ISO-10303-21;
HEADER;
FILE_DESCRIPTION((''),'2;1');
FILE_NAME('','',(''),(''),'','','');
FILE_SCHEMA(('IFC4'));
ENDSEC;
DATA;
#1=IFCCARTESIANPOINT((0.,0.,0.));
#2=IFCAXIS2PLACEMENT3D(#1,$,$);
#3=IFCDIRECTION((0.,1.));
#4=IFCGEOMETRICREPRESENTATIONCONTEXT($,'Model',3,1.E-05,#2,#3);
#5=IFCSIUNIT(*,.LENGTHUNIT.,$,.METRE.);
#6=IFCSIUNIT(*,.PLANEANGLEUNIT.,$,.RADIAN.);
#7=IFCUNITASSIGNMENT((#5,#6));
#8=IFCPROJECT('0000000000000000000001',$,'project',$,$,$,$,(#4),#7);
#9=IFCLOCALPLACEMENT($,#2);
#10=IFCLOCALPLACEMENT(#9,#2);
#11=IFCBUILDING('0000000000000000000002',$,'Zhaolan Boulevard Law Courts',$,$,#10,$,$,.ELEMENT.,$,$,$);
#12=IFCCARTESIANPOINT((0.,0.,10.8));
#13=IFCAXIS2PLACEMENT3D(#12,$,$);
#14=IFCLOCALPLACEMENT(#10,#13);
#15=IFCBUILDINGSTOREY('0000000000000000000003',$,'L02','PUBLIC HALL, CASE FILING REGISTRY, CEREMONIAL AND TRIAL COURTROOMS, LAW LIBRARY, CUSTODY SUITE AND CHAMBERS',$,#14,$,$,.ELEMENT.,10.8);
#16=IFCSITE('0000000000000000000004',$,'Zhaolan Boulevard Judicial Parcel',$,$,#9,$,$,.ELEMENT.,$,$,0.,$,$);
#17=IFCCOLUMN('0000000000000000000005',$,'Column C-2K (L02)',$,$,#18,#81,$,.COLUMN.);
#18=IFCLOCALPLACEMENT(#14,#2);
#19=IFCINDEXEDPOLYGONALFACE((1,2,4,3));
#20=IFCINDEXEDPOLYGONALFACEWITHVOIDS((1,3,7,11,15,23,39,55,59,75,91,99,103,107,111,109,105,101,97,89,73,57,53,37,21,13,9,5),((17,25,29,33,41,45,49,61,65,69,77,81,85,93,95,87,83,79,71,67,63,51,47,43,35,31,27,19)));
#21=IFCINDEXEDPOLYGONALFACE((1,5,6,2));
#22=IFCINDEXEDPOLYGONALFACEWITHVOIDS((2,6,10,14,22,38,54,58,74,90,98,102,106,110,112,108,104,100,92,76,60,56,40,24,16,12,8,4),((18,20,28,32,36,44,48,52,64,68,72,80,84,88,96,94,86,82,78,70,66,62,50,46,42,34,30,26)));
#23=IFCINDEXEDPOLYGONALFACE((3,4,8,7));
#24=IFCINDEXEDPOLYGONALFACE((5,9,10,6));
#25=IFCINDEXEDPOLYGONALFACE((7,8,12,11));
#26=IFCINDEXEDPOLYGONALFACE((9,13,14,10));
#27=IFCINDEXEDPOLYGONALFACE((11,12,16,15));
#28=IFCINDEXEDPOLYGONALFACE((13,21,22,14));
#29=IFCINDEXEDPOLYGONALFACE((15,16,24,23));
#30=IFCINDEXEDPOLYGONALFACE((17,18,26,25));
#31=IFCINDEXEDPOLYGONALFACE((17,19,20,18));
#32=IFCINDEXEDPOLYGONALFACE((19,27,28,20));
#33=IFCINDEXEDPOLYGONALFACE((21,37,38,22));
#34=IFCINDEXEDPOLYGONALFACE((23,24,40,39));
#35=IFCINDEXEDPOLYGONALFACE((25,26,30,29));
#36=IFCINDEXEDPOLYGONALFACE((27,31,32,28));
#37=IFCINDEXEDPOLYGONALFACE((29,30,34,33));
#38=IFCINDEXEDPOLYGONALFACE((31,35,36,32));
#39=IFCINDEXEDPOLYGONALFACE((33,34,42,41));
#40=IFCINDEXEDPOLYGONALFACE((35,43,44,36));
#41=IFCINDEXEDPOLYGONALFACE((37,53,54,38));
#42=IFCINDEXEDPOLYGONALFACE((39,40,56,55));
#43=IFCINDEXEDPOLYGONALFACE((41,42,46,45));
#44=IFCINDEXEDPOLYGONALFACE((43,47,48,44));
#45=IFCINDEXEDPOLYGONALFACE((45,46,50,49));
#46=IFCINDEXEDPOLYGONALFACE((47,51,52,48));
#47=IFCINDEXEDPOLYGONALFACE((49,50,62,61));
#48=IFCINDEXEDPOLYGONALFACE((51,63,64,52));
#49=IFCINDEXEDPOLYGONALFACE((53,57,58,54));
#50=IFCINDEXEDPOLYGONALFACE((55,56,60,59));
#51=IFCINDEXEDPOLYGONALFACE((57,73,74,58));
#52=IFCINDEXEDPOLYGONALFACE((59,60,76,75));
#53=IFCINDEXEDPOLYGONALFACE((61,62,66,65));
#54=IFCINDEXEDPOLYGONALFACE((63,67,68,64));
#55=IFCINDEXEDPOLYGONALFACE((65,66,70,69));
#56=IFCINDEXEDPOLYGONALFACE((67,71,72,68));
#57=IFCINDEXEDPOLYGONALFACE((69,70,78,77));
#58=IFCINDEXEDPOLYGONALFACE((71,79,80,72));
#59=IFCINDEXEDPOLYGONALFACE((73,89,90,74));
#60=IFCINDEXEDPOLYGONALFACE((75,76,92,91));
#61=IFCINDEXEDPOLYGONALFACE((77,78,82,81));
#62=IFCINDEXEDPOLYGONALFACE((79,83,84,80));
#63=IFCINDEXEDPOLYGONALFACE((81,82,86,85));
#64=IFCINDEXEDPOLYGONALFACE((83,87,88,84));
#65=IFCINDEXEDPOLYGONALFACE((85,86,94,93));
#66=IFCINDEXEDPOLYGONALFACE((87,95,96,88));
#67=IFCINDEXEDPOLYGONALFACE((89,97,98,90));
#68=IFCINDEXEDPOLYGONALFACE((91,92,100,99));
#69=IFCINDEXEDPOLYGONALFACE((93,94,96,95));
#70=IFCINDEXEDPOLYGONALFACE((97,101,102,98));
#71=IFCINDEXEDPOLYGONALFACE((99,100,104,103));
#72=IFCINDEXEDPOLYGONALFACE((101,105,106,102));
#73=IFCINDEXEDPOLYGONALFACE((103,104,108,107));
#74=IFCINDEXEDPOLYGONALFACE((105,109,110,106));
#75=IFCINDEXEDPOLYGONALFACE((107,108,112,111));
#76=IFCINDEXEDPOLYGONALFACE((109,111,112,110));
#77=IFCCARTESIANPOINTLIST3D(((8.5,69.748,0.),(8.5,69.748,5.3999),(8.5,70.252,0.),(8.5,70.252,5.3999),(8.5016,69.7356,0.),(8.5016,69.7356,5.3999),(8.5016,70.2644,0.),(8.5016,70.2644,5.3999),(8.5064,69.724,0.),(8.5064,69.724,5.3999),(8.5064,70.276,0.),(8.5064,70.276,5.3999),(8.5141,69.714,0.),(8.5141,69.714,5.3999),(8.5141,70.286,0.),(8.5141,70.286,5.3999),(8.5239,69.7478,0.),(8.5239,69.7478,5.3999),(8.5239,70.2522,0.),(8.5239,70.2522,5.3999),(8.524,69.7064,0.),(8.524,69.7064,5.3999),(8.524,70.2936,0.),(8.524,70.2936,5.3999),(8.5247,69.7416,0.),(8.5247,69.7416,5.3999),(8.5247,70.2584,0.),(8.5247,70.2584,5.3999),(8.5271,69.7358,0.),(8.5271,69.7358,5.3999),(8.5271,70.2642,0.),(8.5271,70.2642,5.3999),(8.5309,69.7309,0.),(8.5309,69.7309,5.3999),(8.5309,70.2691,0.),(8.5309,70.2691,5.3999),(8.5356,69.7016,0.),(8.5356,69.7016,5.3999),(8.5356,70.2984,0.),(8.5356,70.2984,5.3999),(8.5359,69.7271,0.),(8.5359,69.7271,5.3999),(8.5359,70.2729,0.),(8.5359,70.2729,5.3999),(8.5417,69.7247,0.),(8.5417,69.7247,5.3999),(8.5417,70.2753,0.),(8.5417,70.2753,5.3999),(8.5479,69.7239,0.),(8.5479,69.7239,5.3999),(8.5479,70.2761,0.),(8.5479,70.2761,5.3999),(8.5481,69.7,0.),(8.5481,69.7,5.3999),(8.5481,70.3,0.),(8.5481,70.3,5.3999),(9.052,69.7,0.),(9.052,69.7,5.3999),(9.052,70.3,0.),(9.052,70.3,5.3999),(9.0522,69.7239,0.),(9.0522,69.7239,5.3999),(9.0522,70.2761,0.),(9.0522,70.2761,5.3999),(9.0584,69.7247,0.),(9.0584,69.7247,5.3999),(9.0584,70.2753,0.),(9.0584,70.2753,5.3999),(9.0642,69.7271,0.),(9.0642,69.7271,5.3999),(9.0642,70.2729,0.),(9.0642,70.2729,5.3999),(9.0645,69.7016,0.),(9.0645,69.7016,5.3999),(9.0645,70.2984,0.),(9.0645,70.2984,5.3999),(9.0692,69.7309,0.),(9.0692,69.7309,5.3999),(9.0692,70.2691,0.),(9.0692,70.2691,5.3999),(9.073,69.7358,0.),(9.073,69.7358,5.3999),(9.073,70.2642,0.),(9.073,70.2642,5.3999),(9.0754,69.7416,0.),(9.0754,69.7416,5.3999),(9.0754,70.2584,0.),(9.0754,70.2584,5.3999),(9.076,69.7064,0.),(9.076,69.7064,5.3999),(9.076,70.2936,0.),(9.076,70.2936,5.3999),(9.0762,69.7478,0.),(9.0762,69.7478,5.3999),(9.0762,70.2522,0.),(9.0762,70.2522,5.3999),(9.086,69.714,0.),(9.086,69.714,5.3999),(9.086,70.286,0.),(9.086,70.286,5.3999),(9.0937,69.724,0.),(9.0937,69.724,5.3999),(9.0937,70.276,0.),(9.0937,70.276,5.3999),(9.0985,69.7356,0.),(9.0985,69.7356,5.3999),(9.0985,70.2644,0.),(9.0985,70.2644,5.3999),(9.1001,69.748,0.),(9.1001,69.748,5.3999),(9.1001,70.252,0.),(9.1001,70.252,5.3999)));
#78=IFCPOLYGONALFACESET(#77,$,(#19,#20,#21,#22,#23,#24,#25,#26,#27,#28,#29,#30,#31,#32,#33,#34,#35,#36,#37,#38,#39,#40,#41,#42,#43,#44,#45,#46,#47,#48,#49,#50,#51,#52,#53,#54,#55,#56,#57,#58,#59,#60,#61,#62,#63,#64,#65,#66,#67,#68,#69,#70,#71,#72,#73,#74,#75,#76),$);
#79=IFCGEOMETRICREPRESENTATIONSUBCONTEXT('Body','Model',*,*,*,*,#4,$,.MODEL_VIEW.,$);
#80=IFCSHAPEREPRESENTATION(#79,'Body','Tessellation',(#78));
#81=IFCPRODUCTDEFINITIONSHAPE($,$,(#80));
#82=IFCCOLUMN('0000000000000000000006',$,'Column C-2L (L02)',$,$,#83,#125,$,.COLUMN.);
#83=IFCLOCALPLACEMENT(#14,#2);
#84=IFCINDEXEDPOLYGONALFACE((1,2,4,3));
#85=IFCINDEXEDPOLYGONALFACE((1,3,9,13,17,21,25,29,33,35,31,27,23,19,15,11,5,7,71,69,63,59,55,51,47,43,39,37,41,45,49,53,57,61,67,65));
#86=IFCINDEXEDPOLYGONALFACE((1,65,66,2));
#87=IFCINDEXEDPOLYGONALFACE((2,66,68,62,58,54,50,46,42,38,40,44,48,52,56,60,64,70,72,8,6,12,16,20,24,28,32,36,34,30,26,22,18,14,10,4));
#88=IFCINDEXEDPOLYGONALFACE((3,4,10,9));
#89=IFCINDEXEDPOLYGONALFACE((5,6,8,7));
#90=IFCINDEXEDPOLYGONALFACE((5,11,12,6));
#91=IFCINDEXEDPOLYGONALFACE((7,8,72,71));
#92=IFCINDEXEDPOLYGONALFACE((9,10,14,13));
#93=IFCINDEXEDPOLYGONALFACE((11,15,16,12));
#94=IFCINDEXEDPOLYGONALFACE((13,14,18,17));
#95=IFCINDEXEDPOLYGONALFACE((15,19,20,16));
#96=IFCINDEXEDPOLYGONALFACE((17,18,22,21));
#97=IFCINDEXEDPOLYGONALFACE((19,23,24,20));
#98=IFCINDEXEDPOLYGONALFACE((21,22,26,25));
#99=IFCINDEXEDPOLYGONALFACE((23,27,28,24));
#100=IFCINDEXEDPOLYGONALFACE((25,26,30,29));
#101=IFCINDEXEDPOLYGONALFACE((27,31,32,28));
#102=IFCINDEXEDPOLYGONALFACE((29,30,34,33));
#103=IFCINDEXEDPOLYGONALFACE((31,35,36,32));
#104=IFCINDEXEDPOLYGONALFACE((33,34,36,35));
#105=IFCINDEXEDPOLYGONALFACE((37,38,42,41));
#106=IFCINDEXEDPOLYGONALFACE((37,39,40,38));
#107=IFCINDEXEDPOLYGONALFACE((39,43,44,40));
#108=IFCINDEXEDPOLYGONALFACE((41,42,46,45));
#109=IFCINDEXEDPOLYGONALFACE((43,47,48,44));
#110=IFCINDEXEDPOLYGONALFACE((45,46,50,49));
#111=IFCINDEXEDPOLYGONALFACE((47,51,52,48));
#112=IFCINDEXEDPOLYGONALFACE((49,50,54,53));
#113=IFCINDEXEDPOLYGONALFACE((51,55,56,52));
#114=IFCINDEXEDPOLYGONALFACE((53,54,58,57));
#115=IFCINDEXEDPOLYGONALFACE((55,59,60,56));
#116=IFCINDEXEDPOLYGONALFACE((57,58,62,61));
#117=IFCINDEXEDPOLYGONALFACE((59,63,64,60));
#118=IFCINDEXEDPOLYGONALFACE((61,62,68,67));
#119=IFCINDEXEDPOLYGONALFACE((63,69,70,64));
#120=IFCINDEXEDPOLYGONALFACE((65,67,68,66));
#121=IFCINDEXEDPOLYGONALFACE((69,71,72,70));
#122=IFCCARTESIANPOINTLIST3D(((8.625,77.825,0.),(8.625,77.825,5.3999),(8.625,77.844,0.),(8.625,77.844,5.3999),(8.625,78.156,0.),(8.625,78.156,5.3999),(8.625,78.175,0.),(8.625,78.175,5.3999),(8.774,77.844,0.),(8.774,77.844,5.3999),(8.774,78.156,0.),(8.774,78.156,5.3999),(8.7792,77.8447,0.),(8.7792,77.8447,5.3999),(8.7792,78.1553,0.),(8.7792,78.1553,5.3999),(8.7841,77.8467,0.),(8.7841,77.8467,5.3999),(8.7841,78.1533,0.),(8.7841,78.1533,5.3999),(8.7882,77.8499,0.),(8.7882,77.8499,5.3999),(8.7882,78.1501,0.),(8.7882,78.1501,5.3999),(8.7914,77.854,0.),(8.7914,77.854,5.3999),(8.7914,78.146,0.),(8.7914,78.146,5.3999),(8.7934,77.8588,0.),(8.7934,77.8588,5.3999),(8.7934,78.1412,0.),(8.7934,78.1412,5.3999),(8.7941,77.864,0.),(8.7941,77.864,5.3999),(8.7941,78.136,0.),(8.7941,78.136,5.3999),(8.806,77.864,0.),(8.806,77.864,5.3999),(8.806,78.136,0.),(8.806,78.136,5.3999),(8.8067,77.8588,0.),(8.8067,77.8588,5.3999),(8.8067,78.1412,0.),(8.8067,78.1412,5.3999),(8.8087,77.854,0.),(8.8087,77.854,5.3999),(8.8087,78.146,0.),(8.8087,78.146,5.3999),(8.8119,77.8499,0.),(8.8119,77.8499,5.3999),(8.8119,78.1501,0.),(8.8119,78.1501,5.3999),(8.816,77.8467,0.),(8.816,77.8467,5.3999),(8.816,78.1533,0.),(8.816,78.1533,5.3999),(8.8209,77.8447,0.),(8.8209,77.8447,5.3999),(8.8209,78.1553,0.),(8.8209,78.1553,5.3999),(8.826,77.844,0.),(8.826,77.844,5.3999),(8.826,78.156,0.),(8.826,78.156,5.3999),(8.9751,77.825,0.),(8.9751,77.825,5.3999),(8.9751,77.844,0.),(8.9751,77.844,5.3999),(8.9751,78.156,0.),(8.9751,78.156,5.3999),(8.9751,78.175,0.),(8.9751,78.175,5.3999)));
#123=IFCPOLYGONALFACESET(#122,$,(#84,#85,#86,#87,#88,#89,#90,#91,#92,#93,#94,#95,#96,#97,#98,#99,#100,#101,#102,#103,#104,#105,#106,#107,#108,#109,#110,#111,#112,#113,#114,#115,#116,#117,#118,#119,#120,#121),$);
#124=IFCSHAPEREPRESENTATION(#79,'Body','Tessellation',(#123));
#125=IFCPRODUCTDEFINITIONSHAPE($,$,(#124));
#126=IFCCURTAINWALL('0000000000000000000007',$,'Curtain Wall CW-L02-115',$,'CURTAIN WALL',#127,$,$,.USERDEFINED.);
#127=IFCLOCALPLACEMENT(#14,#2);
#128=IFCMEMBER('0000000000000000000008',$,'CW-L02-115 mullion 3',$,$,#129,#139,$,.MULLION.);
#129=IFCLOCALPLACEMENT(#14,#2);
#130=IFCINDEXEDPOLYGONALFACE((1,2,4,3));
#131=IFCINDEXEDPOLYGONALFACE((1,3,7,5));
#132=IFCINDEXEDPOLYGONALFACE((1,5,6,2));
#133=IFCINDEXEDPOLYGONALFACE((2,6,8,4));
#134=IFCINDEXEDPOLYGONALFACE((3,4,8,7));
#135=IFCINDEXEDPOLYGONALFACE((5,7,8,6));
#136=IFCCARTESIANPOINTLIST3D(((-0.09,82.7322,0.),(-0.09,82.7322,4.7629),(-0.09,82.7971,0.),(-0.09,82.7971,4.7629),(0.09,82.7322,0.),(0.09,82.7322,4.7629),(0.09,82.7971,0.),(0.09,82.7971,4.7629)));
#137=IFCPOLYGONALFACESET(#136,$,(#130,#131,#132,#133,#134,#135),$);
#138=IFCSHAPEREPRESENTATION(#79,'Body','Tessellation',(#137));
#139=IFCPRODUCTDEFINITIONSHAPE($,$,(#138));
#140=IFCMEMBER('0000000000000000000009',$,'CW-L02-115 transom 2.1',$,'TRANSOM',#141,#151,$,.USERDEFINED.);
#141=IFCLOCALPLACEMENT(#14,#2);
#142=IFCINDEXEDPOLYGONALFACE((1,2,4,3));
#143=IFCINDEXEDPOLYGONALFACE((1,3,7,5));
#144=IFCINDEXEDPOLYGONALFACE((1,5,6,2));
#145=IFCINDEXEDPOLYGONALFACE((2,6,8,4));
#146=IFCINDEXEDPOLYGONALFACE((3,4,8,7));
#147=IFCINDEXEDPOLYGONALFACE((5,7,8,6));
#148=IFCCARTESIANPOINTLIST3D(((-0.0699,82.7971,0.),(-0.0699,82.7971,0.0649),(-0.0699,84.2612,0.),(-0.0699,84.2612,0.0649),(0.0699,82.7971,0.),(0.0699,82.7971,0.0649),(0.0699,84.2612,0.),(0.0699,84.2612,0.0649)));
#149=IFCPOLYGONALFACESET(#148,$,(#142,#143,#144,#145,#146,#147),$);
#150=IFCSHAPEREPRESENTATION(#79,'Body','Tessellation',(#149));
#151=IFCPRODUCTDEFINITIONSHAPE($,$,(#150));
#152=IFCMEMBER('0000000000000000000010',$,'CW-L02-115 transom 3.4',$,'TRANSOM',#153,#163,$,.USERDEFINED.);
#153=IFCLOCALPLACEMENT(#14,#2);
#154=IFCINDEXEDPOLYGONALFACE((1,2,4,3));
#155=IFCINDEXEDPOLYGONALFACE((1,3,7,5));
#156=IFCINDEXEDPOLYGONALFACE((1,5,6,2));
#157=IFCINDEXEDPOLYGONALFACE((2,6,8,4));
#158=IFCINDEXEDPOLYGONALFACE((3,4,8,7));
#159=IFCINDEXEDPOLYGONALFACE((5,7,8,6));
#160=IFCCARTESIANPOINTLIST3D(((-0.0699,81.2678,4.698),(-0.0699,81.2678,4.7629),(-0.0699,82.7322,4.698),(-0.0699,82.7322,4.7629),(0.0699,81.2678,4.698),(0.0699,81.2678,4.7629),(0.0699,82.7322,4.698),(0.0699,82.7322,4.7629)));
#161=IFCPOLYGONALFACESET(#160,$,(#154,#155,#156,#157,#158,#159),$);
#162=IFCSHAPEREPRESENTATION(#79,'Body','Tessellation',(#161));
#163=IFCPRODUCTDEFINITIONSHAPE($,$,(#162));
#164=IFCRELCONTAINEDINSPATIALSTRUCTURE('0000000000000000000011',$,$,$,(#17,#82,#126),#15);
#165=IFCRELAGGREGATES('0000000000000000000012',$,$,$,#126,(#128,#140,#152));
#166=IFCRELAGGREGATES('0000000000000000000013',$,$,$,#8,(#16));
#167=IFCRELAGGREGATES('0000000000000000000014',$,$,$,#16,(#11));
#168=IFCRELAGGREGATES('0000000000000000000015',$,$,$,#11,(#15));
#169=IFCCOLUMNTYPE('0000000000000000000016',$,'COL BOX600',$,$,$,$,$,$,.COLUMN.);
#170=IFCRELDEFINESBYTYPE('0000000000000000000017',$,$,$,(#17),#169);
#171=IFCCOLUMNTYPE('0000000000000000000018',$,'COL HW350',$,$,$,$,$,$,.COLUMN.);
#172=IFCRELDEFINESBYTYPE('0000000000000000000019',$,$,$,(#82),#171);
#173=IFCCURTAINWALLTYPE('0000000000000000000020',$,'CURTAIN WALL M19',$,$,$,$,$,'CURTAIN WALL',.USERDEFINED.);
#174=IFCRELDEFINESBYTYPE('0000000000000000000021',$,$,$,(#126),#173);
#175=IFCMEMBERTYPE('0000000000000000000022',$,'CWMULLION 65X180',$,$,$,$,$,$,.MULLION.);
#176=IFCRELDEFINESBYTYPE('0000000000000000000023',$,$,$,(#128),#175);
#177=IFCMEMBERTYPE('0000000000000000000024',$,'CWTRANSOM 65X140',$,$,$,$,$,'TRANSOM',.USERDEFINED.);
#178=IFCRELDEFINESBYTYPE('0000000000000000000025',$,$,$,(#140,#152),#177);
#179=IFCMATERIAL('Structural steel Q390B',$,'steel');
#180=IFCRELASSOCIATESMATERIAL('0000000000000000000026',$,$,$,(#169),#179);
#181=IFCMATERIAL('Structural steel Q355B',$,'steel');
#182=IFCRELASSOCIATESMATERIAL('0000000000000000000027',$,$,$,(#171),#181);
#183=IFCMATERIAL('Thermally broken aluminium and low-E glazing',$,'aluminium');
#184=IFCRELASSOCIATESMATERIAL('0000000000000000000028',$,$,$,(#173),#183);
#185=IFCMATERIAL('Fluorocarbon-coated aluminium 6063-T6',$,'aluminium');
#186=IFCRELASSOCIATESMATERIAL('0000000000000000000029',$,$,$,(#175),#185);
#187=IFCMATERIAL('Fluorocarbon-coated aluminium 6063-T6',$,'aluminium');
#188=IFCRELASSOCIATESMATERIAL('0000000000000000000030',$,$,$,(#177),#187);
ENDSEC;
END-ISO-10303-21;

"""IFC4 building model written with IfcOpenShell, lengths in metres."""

from ifc_helpers import new_model, si_unit, direction, frame, origin, origin_2d, place, context, subcontext, project, spatial, rectangle, hollow_rectangle, i_section, extrude, material, material_profile, profile_set, type_object, element, aggregate, save


model = new_model("IFC4")

# Units and contexts
model_context = context("Model", 3, precision=1e-05, world=origin(), true_north=direction((0.0, 1.0)))
body_context = subcontext(model_context, "Body", "Model", "MODEL_VIEW")
ifc_project = project(units=[si_unit("LENGTHUNIT", "METRE"), si_unit("PLANEANGLEUNIT", "RADIAN")], contexts=[model_context])

# Site, building, storey
site_placement = place(None, origin())
site = spatial("IfcSite", under=ifc_project, at=site_placement, Name="Zhaolan Boulevard Judicial Parcel", CompositionType="ELEMENT", RefElevation=0.0)
building_placement = place(site_placement, origin())
building = spatial("IfcBuilding", under=site, at=building_placement, Name="Zhaolan Boulevard Law Courts", CompositionType="ELEMENT")
storey_placement = place(building_placement, frame((0.0, 0.0, 10.8)))
storey = spatial("IfcBuildingStorey", under=building, at=storey_placement, Name="L02", Description="PUBLIC HALL, CASE FILING REGISTRY, CEREMONIAL AND TRIAL COURTROOMS, LAW LIBRARY, CUSTODY SUITE AND CHAMBERS", CompositionType="ELEMENT", Elevation=10.8)

# Columns
ifc_material_1 = material(Name="Structural steel Q390B", Category="steel")
ifc_material_profile_1 = material_profile(ifc_material_1, hollow_rectangle(XDim=0.6001, YDim=0.6001, WallThickness=0.0239, InnerFilletRadius=0.0239, OuterFilletRadius=0.0481, at=origin_2d()), Name="BOX600x600x24")
ifc_profile_set_1 = profile_set([ifc_material_profile_1], Name="Structural steel Q390B")
column_type_1 = type_object("IfcColumnType", Name="COL BOX600", PredefinedType="COLUMN", material=ifc_profile_set_1)
column_1_placement = place(storey_placement, frame((8.8, 70.0, 0.0), z_axis=(0.0, 0.0, 1.0), x_axis=(1.0, 0.0, 0.0)))
element("IfcColumn", 1, at=column_1_placement, inside=storey, type_object=column_type_1, Name="Column C-2K (L02)", PredefinedType="COLUMN", context=body_context, shape_type="SweptSolid", body=[
    extrude(hollow_rectangle(XDim=0.6001, YDim=0.6001, WallThickness=0.0239, InnerFilletRadius=0.0239, OuterFilletRadius=0.0481, at=origin_2d()), origin(), (0.0, 0.0, 1.0), 5.3999),
])
ifc_material_2 = material(Name="Structural steel Q355B", Category="steel")
ifc_material_profile_2 = material_profile(ifc_material_2, i_section(OverallWidth=0.3501, OverallDepth=0.3501, WebThickness=0.012, FlangeThickness=0.019, FilletRadius=0.02, at=origin_2d()), Name="HW350x350")
ifc_profile_set_2 = profile_set([ifc_material_profile_2], Name="Structural steel Q355B")
column_type_2 = type_object("IfcColumnType", Name="COL HW350", PredefinedType="COLUMN", material=ifc_profile_set_2)
column_2_placement = place(storey_placement, frame((8.8, 78.0, 0.0), z_axis=(0.0, 0.0, 1.0), x_axis=(1.0, 0.0, 0.0)))
element("IfcColumn", 2, at=column_2_placement, inside=storey, type_object=column_type_2, Name="Column C-2L (L02)", PredefinedType="COLUMN", context=body_context, shape_type="SweptSolid", body=[
    extrude(i_section(OverallWidth=0.3501, OverallDepth=0.3501, WebThickness=0.012, FlangeThickness=0.019, FilletRadius=0.02, at=origin_2d()), origin(), (0.0, 0.0, 1.0), 5.3999),
])

# Curtain wall, members
ifc_material_3 = material(Name="Thermally broken aluminium and low-E glazing", Category="aluminium")
curtain_wall_type = type_object("IfcCurtainWallType", Name="CURTAIN WALL M19", ElementType="CURTAIN WALL", PredefinedType="USERDEFINED", material=ifc_material_3)
curtain_wall_placement = place(storey_placement, origin())
curtain_wall = element("IfcCurtainWall", 3, at=curtain_wall_placement, inside=storey, type_object=curtain_wall_type, Name="Curtain Wall CW-L02-115", ObjectType="CURTAIN WALL", PredefinedType="USERDEFINED")
ifc_material_4 = material(Name="Fluorocarbon-coated aluminium 6063-T6", Category="aluminium")
ifc_material_profile_3 = material_profile(ifc_material_4, rectangle(XDim=0.1799, YDim=0.0649, at=origin_2d()), Name="AL65x180")
ifc_profile_set_3 = profile_set([ifc_material_profile_3], Name="Fluorocarbon-coated aluminium 6063-T6")
member_type_1 = type_object("IfcMemberType", Name="CWMULLION 65X180", PredefinedType="MULLION", material=ifc_profile_set_3)
member_1_placement = place(storey_placement, frame((0.0, 82.7646, 0.0), z_axis=(0.0, 0.0, 1.0), x_axis=(1.0, 0.0, 0.0)))
member_1 = element("IfcMember", 4, at=member_1_placement, type_object=member_type_1, Name="CW-L02-115 mullion 3", PredefinedType="MULLION", context=body_context, shape_type="SweptSolid", body=[
    extrude(rectangle(XDim=0.1799, YDim=0.0649, at=origin_2d()), origin(), (0.0, 0.0, 1.0), 4.7629),
])
ifc_material_5 = material(Name="Fluorocarbon-coated aluminium 6063-T6", Category="aluminium")
ifc_material_profile_4 = material_profile(ifc_material_5, rectangle(XDim=0.1399, YDim=0.0649, at=origin_2d()), Name="AL65x140")
ifc_profile_set_4 = profile_set([ifc_material_profile_4], Name="Fluorocarbon-coated aluminium 6063-T6")
member_type_2 = type_object("IfcMemberType", Name="CWTRANSOM 65X140", ElementType="TRANSOM", PredefinedType="USERDEFINED", material=ifc_profile_set_4)
member_2_placement = place(storey_placement, frame((0.0, 84.2612, 0.0325), z_axis=(0.0, -1.0, 0.0), x_axis=(1.0, 0.0, 0.0)))
member_2 = element("IfcMember", 5, at=member_2_placement, type_object=member_type_2, Name="CW-L02-115 transom 2.1", ObjectType="TRANSOM", PredefinedType="USERDEFINED", context=body_context, shape_type="SweptSolid", body=[
    extrude(rectangle(XDim=0.1399, YDim=0.0649, at=origin_2d()), origin(), (0.0, 0.0, 1.0), 1.4641),
])
member_3_placement = place(storey_placement, frame((0.0, 82.7322, 4.7305), z_axis=(0.0, -1.0, 0.0), x_axis=(1.0, 0.0, 0.0)))
member_3 = element("IfcMember", 6, at=member_3_placement, type_object=member_type_2, Name="CW-L02-115 transom 3.4", ObjectType="TRANSOM", PredefinedType="USERDEFINED", context=body_context, shape_type="SweptSolid", body=[
    extrude(rectangle(XDim=0.1399, YDim=0.0649, at=origin_2d()), origin(), (0.0, 0.0, 1.0), 1.4644),
])

aggregate(curtain_wall, [member_1, member_2, member_3])

save(model, "model.ifc")
